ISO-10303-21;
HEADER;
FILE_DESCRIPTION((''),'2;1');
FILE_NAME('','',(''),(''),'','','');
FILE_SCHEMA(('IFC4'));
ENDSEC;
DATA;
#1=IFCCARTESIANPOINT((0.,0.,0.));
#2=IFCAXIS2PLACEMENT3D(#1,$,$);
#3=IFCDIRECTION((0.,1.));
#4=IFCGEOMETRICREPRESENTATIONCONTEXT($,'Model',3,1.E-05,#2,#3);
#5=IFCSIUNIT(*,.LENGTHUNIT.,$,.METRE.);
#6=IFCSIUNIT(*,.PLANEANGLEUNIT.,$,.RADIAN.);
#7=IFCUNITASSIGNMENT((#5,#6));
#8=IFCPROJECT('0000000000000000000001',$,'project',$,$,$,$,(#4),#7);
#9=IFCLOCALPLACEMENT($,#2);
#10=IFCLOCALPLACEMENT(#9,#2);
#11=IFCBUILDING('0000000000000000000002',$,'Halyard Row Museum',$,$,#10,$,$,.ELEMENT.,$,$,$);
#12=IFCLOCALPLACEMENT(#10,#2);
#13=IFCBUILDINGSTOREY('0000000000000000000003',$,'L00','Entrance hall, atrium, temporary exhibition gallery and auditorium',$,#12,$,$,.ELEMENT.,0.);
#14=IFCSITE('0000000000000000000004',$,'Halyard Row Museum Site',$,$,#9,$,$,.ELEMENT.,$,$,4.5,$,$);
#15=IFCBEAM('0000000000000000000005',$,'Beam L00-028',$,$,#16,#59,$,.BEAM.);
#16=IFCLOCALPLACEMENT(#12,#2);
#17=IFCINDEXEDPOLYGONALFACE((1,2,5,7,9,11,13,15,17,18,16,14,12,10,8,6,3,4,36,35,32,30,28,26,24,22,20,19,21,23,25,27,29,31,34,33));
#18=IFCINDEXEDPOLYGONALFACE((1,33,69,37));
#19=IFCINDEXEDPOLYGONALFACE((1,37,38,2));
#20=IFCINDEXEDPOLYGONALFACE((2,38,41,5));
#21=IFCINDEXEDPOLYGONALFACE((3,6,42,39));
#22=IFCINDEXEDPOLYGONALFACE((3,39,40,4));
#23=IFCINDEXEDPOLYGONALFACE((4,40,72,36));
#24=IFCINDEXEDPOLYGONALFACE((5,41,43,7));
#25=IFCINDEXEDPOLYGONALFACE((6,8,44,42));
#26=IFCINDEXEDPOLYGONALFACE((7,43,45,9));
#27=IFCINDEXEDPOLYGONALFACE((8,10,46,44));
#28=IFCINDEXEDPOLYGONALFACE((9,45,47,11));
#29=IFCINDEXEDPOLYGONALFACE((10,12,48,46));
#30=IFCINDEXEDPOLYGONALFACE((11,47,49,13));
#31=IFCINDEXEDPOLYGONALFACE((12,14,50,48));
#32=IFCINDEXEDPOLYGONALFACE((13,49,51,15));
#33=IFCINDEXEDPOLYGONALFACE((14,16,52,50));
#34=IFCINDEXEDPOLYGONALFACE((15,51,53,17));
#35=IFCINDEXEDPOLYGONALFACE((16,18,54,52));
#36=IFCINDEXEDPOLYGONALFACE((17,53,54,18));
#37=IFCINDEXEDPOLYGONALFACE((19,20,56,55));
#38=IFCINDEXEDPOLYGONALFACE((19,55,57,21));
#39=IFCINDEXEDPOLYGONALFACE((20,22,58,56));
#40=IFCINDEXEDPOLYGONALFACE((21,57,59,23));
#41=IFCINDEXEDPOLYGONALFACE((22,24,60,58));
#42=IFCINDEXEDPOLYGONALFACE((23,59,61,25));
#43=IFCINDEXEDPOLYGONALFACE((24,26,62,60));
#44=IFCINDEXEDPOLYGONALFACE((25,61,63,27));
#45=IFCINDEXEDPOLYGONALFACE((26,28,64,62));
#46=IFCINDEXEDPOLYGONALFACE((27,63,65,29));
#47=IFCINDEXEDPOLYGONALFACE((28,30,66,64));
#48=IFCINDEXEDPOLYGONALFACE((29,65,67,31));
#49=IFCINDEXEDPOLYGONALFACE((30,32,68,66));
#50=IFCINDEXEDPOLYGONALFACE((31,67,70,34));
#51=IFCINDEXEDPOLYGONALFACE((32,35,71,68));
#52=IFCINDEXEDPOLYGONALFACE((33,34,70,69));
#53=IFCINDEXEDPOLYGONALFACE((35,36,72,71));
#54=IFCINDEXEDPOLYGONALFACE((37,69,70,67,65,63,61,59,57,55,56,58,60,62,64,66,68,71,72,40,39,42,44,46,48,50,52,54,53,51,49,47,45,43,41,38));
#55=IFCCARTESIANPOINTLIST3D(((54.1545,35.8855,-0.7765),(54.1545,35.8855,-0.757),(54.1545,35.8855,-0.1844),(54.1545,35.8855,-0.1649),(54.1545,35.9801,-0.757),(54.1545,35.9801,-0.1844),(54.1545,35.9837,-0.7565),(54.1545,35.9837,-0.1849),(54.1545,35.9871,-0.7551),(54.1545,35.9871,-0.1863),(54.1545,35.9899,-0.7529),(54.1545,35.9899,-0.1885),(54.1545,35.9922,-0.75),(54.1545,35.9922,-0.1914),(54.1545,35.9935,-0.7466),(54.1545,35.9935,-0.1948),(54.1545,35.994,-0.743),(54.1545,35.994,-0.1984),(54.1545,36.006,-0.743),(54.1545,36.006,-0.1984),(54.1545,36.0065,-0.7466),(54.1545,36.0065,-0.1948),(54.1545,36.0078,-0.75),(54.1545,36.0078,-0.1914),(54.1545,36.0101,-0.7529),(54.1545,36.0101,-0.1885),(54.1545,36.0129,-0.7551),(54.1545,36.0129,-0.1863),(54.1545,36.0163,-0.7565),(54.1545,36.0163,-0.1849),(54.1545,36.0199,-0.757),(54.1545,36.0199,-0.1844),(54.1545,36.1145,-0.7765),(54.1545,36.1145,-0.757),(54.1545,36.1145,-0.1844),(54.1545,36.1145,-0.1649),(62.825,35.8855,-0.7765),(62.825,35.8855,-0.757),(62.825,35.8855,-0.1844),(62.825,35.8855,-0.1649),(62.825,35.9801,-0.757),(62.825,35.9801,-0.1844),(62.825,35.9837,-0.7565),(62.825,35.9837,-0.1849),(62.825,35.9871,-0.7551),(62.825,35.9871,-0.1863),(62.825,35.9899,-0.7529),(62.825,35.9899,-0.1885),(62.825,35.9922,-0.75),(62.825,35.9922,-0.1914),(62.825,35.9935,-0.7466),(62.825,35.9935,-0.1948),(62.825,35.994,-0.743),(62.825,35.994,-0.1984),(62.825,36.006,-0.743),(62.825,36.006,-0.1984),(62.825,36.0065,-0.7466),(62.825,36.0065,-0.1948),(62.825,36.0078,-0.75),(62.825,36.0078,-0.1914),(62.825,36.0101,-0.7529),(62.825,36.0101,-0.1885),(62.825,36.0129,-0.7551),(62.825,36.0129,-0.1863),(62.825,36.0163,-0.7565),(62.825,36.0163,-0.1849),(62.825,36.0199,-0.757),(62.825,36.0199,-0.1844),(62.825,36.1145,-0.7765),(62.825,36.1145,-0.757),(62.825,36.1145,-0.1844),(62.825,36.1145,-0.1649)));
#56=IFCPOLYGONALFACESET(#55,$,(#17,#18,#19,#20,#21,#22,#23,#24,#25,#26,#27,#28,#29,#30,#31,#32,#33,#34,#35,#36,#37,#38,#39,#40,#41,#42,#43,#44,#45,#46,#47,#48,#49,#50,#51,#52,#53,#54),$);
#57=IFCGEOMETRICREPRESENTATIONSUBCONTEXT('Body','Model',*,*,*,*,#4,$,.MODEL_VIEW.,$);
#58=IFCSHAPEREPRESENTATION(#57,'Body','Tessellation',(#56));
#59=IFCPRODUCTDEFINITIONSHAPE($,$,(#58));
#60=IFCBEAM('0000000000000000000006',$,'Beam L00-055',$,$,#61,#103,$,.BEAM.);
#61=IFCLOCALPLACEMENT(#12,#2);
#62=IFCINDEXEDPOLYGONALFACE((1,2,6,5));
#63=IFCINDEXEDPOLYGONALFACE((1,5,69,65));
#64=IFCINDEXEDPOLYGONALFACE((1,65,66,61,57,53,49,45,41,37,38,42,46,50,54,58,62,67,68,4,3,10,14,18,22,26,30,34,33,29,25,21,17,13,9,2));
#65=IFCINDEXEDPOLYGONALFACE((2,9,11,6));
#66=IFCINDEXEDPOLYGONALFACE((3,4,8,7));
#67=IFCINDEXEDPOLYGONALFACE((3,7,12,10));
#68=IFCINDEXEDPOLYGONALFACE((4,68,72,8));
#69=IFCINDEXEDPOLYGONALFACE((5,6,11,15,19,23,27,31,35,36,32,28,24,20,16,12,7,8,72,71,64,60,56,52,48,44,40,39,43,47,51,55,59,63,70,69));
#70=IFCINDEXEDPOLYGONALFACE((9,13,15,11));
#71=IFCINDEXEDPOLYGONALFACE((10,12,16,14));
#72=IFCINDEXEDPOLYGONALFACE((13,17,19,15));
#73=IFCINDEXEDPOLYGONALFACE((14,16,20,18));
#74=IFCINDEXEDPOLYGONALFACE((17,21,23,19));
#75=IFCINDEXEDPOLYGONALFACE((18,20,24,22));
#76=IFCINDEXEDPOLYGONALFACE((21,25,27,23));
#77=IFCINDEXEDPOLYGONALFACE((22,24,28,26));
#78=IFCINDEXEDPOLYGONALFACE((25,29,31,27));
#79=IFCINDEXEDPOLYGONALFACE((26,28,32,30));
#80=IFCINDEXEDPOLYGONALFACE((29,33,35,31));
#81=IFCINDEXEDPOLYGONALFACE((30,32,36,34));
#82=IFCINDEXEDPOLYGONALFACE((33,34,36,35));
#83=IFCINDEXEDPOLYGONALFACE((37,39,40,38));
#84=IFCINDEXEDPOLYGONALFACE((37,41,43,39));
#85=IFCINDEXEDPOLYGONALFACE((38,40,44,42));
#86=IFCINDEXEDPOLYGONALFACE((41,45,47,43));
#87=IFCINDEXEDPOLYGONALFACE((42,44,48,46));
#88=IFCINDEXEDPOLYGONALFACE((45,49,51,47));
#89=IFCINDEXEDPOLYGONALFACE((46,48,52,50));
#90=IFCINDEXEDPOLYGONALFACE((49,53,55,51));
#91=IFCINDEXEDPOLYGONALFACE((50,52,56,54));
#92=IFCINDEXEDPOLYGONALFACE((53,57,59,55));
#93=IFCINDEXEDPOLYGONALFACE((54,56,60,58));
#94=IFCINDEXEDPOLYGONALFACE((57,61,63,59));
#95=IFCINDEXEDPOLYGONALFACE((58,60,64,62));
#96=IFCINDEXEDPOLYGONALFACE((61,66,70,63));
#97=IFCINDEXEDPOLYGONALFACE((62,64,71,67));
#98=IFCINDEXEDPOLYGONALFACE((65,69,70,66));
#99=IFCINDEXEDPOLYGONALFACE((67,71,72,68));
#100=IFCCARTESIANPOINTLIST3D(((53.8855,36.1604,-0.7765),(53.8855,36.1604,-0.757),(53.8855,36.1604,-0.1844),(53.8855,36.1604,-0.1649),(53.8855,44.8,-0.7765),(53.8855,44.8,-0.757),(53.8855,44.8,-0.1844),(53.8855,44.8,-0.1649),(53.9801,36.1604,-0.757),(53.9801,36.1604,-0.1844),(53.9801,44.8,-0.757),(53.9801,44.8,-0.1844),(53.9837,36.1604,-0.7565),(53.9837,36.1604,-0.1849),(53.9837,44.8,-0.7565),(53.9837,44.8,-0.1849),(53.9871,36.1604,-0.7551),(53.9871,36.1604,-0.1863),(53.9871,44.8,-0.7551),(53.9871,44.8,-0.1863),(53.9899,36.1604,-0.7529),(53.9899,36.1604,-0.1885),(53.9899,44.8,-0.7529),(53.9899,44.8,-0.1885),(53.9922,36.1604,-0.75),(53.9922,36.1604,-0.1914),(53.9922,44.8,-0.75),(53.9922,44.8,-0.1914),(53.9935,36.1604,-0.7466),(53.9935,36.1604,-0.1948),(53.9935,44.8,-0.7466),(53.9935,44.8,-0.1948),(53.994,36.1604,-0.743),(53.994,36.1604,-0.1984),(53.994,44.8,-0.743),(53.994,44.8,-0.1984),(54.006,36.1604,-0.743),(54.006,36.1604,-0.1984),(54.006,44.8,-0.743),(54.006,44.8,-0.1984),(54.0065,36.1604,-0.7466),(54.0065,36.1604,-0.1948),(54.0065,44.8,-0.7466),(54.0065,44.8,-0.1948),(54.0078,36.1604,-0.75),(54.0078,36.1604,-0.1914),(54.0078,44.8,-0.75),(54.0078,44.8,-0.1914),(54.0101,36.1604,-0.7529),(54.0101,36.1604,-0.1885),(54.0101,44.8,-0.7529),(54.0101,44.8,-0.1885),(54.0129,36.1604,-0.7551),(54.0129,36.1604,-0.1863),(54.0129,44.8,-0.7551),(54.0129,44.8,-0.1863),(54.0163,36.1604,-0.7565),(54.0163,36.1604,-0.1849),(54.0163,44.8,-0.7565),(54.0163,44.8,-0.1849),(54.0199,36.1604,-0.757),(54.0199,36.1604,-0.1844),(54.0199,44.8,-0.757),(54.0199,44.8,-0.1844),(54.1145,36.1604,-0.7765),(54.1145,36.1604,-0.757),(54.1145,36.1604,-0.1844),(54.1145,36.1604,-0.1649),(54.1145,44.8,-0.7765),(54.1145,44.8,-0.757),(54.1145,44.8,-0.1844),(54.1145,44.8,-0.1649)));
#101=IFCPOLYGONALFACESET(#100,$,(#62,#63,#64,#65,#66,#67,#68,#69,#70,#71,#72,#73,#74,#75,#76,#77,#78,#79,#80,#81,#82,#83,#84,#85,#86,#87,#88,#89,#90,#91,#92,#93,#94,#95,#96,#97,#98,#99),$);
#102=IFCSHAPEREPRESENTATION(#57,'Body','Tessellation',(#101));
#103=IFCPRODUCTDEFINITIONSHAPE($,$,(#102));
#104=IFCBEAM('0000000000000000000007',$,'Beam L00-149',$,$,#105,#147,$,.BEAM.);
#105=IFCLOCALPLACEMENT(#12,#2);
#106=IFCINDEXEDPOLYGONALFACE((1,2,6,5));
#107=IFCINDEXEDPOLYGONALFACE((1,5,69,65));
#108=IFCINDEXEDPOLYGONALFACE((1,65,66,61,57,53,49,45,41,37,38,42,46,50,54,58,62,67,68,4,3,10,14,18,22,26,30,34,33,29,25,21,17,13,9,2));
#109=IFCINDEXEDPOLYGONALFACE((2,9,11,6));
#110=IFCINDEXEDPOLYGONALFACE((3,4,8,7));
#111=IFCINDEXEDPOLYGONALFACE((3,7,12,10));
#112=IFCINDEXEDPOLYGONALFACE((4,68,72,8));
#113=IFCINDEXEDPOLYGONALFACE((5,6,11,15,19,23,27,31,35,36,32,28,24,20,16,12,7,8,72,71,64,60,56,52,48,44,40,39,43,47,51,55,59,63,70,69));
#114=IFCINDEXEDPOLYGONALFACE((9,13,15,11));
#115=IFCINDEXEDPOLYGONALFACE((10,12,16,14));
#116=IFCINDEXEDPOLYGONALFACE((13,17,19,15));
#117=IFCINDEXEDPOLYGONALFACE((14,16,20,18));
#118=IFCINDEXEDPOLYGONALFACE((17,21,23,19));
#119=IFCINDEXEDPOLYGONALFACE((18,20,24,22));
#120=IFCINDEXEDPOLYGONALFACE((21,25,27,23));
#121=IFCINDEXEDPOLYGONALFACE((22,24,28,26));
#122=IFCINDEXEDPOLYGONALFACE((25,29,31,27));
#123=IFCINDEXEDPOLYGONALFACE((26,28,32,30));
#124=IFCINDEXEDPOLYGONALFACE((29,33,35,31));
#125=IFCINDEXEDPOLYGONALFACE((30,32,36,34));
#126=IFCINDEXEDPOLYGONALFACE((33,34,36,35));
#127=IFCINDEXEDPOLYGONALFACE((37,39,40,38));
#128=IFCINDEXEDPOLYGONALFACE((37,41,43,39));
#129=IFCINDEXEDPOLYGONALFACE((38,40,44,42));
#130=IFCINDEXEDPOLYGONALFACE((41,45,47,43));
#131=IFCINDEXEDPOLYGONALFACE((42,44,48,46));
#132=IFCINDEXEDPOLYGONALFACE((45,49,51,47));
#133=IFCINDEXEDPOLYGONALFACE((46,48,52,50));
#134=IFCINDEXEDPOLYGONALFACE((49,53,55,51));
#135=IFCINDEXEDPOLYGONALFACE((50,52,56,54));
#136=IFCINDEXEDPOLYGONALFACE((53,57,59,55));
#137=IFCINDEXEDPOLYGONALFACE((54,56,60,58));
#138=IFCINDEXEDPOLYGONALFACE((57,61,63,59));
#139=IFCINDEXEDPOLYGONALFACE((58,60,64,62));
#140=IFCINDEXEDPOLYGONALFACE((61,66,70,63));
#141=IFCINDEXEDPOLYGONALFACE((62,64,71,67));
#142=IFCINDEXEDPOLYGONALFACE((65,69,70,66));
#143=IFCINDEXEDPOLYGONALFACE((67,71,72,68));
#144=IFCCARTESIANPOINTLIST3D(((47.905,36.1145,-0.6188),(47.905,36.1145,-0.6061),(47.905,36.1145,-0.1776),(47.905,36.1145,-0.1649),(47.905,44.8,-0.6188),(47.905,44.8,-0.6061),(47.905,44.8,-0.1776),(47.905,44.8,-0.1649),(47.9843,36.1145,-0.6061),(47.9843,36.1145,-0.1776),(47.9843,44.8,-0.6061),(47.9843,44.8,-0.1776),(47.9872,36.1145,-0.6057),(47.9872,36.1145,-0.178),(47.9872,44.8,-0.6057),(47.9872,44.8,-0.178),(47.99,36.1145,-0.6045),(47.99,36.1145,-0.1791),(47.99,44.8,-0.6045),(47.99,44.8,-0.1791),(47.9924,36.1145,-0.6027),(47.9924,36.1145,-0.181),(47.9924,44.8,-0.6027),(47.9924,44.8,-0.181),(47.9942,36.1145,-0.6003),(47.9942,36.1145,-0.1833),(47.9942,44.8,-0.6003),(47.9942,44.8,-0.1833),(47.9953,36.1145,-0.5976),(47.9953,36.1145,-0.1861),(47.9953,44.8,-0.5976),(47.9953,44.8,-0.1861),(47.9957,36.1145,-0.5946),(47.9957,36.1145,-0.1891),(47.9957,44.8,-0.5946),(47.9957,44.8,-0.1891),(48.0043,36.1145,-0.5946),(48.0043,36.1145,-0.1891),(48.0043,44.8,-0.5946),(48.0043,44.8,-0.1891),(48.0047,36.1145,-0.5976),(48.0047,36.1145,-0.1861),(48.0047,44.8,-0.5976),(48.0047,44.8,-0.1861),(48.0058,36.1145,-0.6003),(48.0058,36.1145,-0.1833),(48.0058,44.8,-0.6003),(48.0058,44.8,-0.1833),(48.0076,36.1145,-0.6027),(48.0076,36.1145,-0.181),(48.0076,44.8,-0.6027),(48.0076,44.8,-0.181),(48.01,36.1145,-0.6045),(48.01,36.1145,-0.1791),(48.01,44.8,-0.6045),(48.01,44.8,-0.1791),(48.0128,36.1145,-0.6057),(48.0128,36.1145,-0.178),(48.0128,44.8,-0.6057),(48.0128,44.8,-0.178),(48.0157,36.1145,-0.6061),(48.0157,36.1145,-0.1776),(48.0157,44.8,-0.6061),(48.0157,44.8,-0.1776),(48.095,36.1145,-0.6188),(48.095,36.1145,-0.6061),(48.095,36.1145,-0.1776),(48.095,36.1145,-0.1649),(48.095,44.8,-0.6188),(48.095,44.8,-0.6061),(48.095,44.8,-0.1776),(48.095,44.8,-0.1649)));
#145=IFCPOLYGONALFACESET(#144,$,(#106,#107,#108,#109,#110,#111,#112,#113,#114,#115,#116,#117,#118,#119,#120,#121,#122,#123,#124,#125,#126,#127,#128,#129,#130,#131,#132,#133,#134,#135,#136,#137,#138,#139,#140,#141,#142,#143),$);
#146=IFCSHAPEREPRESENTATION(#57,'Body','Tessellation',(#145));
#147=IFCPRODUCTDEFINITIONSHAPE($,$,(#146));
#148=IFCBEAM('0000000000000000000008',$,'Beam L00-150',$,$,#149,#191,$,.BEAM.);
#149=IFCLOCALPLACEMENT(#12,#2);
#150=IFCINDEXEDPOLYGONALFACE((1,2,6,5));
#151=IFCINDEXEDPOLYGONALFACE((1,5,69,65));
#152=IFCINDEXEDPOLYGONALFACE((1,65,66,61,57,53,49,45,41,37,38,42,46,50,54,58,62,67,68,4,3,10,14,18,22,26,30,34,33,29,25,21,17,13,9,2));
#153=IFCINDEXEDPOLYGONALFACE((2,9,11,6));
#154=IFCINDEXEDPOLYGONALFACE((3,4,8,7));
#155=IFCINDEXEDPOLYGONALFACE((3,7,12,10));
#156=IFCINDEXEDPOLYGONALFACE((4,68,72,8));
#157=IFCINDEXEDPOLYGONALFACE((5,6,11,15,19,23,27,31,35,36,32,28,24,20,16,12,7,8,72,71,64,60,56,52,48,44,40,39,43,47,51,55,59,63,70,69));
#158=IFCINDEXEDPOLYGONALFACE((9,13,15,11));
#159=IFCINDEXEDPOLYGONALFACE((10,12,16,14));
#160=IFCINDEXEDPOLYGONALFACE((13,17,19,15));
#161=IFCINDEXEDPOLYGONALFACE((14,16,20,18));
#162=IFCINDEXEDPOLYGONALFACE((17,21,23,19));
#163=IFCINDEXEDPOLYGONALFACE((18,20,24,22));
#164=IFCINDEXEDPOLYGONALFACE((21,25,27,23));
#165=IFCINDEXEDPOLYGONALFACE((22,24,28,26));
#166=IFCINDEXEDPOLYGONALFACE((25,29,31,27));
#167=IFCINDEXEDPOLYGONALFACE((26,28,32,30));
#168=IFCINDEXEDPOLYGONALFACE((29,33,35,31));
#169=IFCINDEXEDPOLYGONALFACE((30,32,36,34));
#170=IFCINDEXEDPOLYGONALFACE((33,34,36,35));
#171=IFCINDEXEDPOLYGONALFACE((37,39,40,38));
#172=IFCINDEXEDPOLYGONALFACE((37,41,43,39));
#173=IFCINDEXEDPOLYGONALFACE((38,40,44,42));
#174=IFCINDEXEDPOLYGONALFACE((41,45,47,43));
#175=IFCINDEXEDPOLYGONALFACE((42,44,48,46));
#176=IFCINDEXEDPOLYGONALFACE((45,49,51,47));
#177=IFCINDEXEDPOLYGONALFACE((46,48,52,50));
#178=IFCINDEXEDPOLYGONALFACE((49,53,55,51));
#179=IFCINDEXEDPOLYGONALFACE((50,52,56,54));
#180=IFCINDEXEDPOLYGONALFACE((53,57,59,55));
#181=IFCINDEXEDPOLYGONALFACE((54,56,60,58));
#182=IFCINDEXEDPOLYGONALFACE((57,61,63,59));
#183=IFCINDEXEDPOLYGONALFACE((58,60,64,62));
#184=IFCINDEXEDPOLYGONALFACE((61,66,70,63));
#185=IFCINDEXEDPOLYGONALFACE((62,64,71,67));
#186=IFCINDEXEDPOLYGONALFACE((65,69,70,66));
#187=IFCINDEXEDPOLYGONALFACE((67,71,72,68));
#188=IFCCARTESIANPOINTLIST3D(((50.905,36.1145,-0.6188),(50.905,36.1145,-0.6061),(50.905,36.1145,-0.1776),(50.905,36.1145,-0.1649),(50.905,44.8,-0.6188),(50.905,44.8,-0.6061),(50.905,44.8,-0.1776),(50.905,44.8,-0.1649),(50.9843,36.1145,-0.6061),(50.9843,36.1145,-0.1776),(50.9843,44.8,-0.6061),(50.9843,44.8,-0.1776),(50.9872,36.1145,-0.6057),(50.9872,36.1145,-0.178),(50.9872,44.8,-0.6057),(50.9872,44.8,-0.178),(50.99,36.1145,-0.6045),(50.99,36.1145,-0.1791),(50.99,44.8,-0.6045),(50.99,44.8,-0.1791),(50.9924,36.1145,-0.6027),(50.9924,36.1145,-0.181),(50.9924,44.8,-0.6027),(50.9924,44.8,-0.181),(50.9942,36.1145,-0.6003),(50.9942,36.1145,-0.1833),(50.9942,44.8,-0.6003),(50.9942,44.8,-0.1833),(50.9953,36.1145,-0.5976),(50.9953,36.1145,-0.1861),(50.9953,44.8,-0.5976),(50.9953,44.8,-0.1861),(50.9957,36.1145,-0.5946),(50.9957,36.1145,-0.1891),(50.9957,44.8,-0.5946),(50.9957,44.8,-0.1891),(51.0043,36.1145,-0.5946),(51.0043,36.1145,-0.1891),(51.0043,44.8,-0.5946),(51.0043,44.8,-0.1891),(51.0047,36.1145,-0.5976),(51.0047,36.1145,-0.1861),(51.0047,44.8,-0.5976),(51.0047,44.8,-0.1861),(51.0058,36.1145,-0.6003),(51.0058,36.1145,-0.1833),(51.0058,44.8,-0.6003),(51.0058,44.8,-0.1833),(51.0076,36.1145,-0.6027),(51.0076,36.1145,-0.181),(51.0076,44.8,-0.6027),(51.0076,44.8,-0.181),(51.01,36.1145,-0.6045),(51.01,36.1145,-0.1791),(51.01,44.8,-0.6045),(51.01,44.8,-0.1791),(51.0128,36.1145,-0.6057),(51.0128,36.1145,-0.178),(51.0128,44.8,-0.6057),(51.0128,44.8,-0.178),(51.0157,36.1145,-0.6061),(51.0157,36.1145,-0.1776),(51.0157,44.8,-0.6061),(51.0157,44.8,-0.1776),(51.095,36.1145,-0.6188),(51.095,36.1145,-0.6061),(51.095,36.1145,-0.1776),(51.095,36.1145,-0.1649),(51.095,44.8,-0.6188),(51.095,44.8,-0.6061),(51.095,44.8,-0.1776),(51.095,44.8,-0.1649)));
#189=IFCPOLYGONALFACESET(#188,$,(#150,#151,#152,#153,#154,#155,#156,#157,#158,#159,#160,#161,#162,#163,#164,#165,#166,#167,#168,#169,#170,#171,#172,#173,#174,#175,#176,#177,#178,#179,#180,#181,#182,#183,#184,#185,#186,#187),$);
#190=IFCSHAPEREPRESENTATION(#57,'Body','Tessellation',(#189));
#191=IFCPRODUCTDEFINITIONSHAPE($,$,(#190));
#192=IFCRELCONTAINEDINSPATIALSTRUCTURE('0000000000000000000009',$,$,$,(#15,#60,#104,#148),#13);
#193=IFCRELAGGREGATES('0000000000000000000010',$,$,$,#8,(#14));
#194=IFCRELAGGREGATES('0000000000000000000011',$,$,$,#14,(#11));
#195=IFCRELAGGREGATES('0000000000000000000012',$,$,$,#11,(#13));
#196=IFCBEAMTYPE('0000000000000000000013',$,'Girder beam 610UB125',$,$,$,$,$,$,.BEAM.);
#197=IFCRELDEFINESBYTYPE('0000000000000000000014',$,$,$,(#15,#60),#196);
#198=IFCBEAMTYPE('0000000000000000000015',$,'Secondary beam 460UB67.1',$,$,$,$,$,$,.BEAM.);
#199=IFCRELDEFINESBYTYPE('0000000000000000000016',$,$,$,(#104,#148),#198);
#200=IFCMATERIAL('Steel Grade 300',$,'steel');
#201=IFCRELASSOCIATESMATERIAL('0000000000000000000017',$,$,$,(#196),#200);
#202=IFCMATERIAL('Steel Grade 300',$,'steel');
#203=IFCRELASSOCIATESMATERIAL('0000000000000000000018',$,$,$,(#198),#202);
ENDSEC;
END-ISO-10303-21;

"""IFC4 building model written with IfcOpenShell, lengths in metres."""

from ifc_helpers import new_model, si_unit, direction, frame, origin, origin_2d, place, context, subcontext, project, spatial, i_section, extrude, material, material_profile, profile_set, type_object, element, save


model = new_model("IFC4")

# Units and contexts
model_context = context("Model", 3, precision=1e-05, world=origin(), true_north=direction((0.0, 1.0)))
body_context = subcontext(model_context, "Body", "Model", "MODEL_VIEW")
ifc_project = project(units=[si_unit("LENGTHUNIT", "METRE"), si_unit("PLANEANGLEUNIT", "RADIAN")], contexts=[model_context])

# Site, building, storey
site_placement = place(None, origin())
site = spatial("IfcSite", under=ifc_project, at=site_placement, Name="Halyard Row Museum Site", CompositionType="ELEMENT", RefElevation=4.5)
building_placement = place(site_placement, origin())
building = spatial("IfcBuilding", under=site, at=building_placement, Name="Halyard Row Museum", CompositionType="ELEMENT")
storey_placement = place(building_placement, origin())
storey = spatial("IfcBuildingStorey", under=building, at=storey_placement, Name="L00", Description="Entrance hall, atrium, temporary exhibition gallery and auditorium", CompositionType="ELEMENT", Elevation=0.0)

# Beams
ifc_material_1 = material(Name="Steel Grade 300", Category="steel")
ifc_material_profile_1 = material_profile(ifc_material_1, i_section(OverallWidth=0.229, OverallDepth=0.6116, WebThickness=0.012, FlangeThickness=0.0195, FilletRadius=0.0139, at=origin_2d()), Name="610UB125")
ifc_profile_set_1 = profile_set([ifc_material_profile_1], Name="Steel Grade 300")
beam_type_1 = type_object("IfcBeamType", Name="Girder beam 610UB125", PredefinedType="BEAM", material=ifc_profile_set_1)
beam_1_placement = place(storey_placement, frame((54.1545, 36.0, -0.4707), z_axis=(1.0, 0.0, 0.0), x_axis=(0.0, 1.0, 0.0)))
element("IfcBeam", 1, at=beam_1_placement, inside=storey, type_object=beam_type_1, Name="Beam L00-028", PredefinedType="BEAM", context=body_context, shape_type="SweptSolid", body=[
    extrude(i_section(OverallWidth=0.229, OverallDepth=0.6116, WebThickness=0.012, FlangeThickness=0.0195, FilletRadius=0.0139, at=origin_2d()), origin(), (0.0, 0.0, 1.0), 8.6704),
])
beam_2_placement = place(storey_placement, frame((54.0, 36.1604, -0.4707), z_axis=(0.0, 1.0, 0.0), x_axis=(-1.0, 0.0, 0.0)))
element("IfcBeam", 2, at=beam_2_placement, inside=storey, type_object=beam_type_1, Name="Beam L00-055", PredefinedType="BEAM", context=body_context, shape_type="SweptSolid", body=[
    extrude(i_section(OverallWidth=0.229, OverallDepth=0.6116, WebThickness=0.012, FlangeThickness=0.0195, FilletRadius=0.0139, at=origin_2d()), origin(), (0.0, 0.0, 1.0), 8.6396),
])
ifc_material_2 = material(Name="Steel Grade 300", Category="steel")
ifc_material_profile_2 = material_profile(ifc_material_2, i_section(OverallWidth=0.1899, OverallDepth=0.4539, WebThickness=0.0085, FlangeThickness=0.0127, FilletRadius=0.0115, at=origin_2d()), Name="460UB67.1")
ifc_profile_set_2 = profile_set([ifc_material_profile_2], Name="Steel Grade 300")
beam_type_2 = type_object("IfcBeamType", Name="Secondary beam 460UB67.1", PredefinedType="BEAM", material=ifc_profile_set_2)
for number, where, z_axis, x_axis, name in (
    (3, (48.0, 36.1145, -0.3918), (0.0, 1.0, 0.0), (-1.0, 0.0, 0.0), "Beam L00-149"),
    (4, (51.0, 36.1145, -0.3918), (0.0, 1.0, 0.0), (-1.0, 0.0, 0.0), "Beam L00-150"),
):
    element("IfcBeam", number, at=place(storey_placement, frame(where, z_axis=z_axis, x_axis=x_axis)), inside=storey, type_object=beam_type_2, Name=name, PredefinedType="BEAM", context=body_context, shape_type="SweptSolid", body=[
        extrude(i_section(OverallWidth=0.1899, OverallDepth=0.4539, WebThickness=0.0085, FlangeThickness=0.0127, FilletRadius=0.0115, at=origin_2d()), origin(), (0.0, 0.0, 1.0), 8.6855),
    ])

save(model, "model.ifc")
